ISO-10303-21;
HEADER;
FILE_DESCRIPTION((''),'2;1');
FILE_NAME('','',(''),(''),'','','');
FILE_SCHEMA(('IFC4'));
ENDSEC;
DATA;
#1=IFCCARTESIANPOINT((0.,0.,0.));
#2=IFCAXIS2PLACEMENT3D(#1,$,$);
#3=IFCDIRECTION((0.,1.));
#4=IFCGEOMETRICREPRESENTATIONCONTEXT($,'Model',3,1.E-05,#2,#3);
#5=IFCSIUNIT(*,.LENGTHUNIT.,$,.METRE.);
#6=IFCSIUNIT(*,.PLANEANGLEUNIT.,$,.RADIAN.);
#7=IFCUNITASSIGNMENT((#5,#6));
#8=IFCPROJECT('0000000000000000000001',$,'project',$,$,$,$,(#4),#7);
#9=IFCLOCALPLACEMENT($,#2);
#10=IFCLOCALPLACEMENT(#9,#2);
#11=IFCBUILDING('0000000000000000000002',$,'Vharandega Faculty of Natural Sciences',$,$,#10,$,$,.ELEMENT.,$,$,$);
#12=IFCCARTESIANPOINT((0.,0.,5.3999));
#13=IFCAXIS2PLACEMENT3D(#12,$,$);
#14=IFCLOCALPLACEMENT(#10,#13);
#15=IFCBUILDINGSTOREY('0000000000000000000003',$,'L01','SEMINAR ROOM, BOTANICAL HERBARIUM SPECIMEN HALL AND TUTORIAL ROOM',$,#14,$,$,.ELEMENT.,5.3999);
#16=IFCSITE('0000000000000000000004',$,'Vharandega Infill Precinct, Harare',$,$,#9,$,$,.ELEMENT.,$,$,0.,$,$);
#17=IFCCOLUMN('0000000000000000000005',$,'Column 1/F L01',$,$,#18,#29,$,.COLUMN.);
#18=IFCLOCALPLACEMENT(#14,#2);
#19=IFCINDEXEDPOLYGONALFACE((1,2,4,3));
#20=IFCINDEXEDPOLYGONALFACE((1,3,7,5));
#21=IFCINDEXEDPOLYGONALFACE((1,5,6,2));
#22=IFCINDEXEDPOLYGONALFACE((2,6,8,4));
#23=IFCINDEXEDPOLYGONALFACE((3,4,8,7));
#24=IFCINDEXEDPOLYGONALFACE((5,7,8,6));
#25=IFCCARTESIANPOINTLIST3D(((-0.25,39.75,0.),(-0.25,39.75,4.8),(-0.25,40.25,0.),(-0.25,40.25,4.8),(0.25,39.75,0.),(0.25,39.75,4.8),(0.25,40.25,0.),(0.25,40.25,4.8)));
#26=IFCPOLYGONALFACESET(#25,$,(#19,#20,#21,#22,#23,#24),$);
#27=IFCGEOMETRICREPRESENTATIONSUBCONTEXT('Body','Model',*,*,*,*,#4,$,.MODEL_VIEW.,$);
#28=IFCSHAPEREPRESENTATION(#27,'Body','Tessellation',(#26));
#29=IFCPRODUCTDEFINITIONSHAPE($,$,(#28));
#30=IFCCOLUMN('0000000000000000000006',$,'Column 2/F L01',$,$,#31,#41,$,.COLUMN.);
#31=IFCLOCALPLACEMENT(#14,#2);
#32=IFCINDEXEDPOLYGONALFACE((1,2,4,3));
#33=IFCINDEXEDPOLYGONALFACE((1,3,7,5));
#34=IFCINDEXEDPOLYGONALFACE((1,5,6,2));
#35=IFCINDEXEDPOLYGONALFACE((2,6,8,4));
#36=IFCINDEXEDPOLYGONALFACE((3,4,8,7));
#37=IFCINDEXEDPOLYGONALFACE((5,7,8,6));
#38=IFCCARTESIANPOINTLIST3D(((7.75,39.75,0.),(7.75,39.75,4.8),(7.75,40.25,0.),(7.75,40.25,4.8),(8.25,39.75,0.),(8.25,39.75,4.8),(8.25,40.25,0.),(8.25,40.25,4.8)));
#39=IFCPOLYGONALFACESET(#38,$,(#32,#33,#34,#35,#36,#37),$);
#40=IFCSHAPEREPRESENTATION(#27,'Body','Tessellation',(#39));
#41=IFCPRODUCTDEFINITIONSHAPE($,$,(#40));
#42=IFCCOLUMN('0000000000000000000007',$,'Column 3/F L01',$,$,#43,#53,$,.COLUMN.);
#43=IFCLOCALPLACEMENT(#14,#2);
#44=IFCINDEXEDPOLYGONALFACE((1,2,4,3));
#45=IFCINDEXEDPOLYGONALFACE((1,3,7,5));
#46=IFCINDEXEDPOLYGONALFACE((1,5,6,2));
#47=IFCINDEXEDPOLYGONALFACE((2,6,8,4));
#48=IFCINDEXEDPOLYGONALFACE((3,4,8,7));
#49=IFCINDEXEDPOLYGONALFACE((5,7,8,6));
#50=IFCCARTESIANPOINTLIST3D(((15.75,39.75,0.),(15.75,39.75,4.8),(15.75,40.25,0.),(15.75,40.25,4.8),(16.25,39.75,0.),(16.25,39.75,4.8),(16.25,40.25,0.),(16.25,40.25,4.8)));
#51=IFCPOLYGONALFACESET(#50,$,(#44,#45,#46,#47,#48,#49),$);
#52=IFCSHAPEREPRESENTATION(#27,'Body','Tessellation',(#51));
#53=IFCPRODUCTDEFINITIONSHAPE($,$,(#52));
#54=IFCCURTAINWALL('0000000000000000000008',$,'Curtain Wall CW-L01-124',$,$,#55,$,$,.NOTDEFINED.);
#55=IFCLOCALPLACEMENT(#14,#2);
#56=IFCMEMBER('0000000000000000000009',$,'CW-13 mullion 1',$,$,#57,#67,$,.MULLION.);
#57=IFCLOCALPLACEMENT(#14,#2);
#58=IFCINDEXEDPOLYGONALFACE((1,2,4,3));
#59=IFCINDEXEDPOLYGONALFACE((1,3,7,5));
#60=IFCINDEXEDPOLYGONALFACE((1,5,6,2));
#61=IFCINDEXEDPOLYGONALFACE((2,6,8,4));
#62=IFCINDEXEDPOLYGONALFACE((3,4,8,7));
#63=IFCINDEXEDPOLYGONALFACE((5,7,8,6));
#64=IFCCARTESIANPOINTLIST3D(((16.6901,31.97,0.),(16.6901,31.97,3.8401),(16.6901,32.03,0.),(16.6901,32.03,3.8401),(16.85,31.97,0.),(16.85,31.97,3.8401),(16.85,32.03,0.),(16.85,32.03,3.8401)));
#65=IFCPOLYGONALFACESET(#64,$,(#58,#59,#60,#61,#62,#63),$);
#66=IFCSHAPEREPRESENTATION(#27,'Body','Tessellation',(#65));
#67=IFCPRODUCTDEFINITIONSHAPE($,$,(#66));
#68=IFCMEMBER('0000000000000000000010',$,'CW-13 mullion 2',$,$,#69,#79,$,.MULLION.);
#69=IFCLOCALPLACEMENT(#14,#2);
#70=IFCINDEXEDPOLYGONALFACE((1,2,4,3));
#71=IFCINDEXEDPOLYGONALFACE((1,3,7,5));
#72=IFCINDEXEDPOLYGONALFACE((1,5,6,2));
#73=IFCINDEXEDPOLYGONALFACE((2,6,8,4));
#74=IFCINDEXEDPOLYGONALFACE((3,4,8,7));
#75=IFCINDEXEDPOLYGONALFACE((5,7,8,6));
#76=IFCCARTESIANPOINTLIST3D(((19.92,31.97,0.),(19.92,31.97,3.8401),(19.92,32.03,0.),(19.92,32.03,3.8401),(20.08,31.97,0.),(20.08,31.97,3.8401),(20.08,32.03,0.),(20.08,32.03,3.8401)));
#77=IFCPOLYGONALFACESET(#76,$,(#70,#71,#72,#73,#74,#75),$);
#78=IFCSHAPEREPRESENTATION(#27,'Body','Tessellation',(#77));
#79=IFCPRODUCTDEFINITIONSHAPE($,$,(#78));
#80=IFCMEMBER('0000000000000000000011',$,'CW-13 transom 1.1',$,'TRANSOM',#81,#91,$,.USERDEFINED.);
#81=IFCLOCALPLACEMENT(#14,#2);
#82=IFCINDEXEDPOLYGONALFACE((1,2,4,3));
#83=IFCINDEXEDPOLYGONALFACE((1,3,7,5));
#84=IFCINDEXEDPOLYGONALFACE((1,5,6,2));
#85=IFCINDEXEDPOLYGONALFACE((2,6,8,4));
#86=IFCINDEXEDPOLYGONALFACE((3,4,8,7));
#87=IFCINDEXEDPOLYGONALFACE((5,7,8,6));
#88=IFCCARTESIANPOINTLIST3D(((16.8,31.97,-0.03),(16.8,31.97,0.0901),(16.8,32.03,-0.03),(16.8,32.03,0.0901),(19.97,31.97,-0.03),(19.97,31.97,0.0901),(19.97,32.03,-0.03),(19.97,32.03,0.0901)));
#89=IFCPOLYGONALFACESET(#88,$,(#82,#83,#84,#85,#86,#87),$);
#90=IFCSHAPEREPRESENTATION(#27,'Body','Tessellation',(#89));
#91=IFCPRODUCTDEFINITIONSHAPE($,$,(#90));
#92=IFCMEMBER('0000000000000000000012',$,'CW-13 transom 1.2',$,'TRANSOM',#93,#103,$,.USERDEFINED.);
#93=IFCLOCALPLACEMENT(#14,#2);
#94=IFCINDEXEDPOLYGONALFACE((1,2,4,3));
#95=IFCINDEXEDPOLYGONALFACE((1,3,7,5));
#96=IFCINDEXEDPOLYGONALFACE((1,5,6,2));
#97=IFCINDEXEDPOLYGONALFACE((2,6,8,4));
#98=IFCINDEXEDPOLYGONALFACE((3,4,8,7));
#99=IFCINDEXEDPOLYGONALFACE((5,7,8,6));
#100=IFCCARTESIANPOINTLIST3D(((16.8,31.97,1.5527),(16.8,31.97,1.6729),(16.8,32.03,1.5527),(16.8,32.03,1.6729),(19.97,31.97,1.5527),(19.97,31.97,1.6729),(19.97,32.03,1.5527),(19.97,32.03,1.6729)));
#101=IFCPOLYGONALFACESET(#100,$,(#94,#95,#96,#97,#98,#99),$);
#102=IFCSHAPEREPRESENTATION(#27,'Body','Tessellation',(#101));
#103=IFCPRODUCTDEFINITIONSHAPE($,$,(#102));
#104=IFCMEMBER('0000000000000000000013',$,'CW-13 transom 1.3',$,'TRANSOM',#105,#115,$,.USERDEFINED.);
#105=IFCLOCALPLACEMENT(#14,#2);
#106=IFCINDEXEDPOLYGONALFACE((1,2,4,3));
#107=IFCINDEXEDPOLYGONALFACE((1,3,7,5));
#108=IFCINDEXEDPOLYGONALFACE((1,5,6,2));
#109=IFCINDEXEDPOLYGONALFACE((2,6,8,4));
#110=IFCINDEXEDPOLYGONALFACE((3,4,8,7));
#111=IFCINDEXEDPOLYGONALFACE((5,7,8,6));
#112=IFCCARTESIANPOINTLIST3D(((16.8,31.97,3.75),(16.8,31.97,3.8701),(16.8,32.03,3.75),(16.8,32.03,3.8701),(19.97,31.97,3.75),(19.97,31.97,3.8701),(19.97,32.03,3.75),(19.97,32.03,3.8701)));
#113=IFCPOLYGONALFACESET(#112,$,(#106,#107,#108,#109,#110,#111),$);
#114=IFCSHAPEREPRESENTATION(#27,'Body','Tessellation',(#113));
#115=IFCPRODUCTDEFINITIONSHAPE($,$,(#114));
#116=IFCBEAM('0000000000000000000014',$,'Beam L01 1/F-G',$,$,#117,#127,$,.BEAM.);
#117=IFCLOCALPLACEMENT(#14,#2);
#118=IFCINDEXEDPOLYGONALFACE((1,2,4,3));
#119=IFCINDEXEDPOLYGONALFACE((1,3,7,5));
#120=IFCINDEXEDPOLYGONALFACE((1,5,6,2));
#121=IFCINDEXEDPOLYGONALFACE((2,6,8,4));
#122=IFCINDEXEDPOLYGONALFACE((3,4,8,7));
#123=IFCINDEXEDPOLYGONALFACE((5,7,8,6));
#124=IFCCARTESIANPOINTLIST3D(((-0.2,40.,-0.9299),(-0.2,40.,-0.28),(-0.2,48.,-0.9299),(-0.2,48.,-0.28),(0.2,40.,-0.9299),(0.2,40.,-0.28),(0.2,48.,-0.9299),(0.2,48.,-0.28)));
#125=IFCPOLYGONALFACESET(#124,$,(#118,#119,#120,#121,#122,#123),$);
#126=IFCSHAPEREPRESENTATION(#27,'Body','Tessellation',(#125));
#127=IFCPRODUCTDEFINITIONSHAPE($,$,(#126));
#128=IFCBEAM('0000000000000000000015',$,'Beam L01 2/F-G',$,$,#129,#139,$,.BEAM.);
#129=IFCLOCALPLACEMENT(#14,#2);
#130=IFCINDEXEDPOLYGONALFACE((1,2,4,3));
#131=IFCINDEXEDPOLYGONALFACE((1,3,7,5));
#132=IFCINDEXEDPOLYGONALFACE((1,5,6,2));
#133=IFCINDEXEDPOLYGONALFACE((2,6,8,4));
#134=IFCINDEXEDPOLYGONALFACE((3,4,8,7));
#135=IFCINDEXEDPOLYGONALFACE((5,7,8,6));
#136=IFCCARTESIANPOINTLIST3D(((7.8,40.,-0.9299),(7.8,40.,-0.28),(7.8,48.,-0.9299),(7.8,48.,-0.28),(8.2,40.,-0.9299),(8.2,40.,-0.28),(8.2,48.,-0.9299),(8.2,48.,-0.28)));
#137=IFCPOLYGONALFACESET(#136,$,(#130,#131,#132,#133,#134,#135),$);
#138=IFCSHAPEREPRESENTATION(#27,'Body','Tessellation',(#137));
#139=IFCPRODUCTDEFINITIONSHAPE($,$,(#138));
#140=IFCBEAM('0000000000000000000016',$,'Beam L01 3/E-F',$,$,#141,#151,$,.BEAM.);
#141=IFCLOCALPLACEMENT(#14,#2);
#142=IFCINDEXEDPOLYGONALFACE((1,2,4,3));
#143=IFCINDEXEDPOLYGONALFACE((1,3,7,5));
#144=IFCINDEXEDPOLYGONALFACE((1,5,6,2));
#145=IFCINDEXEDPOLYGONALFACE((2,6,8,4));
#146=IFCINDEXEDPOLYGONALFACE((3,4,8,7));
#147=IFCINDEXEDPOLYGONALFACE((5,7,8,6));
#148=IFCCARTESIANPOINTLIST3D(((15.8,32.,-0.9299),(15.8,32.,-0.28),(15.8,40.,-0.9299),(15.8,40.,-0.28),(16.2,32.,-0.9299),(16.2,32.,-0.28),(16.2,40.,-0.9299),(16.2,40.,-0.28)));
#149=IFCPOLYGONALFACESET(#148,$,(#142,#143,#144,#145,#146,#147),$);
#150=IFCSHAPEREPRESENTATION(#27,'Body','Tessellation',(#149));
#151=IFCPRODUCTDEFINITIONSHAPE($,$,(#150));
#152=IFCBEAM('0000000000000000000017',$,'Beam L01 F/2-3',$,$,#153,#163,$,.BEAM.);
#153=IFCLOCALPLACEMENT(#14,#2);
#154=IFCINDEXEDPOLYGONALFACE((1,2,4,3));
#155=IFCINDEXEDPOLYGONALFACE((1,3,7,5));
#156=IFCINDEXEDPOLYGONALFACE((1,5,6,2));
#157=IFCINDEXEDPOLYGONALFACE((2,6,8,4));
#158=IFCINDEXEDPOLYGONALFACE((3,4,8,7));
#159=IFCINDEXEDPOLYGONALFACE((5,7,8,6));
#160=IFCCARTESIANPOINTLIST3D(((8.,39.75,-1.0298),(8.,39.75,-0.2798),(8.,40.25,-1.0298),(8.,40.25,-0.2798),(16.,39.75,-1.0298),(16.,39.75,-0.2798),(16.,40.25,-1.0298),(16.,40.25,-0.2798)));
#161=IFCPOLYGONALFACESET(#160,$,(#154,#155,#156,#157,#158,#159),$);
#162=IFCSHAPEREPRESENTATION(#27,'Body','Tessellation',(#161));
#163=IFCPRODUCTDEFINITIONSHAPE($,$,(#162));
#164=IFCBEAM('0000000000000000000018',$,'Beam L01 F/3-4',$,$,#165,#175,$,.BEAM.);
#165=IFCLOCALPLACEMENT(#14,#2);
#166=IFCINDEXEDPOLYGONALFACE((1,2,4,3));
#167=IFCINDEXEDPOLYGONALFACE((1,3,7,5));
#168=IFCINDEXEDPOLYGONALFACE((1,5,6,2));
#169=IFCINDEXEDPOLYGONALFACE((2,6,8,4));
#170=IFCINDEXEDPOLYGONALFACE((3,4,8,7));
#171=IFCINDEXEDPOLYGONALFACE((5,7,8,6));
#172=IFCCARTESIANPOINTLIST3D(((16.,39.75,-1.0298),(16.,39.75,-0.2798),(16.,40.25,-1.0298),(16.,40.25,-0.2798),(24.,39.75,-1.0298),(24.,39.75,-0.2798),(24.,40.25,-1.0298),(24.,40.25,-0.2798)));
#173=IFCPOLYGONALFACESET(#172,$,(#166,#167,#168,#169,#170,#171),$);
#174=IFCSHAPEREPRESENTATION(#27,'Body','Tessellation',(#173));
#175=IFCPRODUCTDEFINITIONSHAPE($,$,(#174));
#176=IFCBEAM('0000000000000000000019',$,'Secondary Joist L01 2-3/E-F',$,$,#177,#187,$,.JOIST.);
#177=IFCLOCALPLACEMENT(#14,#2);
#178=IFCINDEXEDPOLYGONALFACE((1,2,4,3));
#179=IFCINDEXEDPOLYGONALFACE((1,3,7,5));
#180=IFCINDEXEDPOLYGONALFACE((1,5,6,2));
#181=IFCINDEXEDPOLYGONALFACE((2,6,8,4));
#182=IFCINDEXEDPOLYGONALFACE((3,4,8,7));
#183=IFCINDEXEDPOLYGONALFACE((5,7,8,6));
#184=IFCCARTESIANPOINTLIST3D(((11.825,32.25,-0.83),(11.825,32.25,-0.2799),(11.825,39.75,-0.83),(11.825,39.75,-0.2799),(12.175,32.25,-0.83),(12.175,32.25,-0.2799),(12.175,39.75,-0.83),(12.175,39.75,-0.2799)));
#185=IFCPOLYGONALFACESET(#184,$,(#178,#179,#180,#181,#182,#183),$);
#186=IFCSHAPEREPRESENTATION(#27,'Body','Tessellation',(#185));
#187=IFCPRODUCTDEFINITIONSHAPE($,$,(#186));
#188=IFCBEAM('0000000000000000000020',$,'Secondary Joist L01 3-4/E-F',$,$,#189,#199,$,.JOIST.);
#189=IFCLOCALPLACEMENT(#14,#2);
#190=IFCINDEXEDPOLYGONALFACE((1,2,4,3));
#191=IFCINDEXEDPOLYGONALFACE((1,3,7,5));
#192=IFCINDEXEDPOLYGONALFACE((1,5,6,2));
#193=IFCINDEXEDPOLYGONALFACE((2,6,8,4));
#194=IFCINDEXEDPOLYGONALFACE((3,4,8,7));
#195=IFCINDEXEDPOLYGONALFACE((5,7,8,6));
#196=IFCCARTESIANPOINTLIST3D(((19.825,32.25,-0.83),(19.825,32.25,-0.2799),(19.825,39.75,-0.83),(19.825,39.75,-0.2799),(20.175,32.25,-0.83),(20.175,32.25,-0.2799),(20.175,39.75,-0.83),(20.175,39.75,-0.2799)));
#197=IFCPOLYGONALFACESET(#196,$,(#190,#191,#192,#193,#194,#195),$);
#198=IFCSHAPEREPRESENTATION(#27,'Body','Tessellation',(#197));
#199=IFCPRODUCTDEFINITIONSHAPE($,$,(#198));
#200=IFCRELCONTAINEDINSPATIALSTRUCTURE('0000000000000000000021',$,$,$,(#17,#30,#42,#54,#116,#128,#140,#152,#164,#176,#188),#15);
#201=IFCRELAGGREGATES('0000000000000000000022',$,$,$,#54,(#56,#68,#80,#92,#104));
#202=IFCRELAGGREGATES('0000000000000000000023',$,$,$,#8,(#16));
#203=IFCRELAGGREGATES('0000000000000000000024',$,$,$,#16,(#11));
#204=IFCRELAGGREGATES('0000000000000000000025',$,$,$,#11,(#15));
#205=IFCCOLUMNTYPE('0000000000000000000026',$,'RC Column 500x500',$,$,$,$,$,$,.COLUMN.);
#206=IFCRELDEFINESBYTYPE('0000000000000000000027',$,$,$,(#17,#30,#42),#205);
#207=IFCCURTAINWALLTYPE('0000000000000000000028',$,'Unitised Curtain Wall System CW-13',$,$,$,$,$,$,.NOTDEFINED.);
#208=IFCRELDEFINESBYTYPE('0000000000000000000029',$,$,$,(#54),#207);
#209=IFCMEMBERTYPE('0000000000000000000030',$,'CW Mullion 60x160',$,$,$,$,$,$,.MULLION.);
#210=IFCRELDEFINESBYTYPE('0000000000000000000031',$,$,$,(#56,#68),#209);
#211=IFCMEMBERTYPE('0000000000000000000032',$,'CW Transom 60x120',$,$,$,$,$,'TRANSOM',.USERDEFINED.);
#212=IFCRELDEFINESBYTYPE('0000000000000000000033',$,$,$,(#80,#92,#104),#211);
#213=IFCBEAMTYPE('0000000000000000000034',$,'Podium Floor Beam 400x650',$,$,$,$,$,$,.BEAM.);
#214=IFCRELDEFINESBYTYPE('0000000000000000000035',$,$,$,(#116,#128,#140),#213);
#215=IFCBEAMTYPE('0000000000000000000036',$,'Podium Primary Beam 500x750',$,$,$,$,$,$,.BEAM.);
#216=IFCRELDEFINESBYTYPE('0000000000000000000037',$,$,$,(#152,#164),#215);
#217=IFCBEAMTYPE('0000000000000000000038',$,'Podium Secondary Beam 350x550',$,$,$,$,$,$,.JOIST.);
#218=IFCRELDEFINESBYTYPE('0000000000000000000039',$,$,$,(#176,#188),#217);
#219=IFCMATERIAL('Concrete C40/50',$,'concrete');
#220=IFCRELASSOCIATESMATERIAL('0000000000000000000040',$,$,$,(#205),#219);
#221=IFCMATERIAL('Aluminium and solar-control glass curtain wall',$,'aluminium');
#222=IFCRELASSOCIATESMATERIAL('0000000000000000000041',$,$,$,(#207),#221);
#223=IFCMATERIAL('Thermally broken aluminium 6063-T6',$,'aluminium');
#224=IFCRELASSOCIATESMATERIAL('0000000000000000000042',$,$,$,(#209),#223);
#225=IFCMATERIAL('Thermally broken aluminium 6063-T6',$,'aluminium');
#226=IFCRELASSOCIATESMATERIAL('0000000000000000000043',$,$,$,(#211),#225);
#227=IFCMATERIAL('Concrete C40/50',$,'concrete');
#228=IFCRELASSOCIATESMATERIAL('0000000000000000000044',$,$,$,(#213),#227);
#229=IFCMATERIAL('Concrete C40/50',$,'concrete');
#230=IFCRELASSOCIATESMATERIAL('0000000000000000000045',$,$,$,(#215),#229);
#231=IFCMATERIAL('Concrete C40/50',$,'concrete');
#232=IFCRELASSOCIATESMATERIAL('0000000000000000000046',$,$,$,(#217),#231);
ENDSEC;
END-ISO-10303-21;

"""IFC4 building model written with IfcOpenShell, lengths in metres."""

from ifc_helpers import new_model, si_unit, direction, frame, origin, origin_2d, place, context, subcontext, project, spatial, rectangle, extrude, material, material_profile, profile_set, type_object, element, aggregate, save


model = new_model("IFC4")

# Units and contexts
model_context = context("Model", 3, precision=1e-05, world=origin(), true_north=direction((0.0, 1.0)))
body_context = subcontext(model_context, "Body", "Model", "MODEL_VIEW")
ifc_project = project(units=[si_unit("LENGTHUNIT", "METRE"), si_unit("PLANEANGLEUNIT", "RADIAN")], contexts=[model_context])

# Site, building, storey
site_placement = place(None, origin())
site = spatial("IfcSite", under=ifc_project, at=site_placement, Name="Vharandega Infill Precinct, Harare", CompositionType="ELEMENT", RefElevation=0.0)
building_placement = place(site_placement, origin())
building = spatial("IfcBuilding", under=site, at=building_placement, Name="Vharandega Faculty of Natural Sciences", CompositionType="ELEMENT")
storey_placement = place(building_placement, frame((0.0, 0.0, 5.3999)))
storey = spatial("IfcBuildingStorey", under=building, at=storey_placement, Name="L01", Description="SEMINAR ROOM, BOTANICAL HERBARIUM SPECIMEN HALL AND TUTORIAL ROOM", CompositionType="ELEMENT", Elevation=5.3999)

# Columns
ifc_material_1 = material(Name="Concrete C40/50", Category="concrete")
ifc_material_profile_1 = material_profile(ifc_material_1, rectangle(XDim=0.5, YDim=0.5, at=origin_2d()), Name="RC 500x500")
ifc_profile_set_1 = profile_set([ifc_material_profile_1], Name="Concrete C40/50")
column_type = type_object("IfcColumnType", Name="RC Column 500x500", PredefinedType="COLUMN", material=ifc_profile_set_1)
for number, where, z_axis, x_axis, name in (
    (1, (0.0, 40.0, 0.0), (0.0, 0.0, 1.0), (1.0, 0.0, 0.0), "Column 1/F L01"),
    (2, (8.0, 40.0, 0.0), (0.0, 0.0, 1.0), (1.0, 0.0, 0.0), "Column 2/F L01"),
    (3, (16.0, 40.0, 0.0), (0.0, 0.0, 1.0), (1.0, 0.0, 0.0), "Column 3/F L01"),
):
    element("IfcColumn", number, at=place(storey_placement, frame(where, z_axis=z_axis, x_axis=x_axis)), inside=storey, type_object=column_type, Name=name, PredefinedType="COLUMN", context=body_context, shape_type="SweptSolid", body=[
        extrude(rectangle(XDim=0.5, YDim=0.5, at=origin_2d()), origin(), (0.0, 0.0, 1.0), 4.8),
    ])

# Curtain wall, members
ifc_material_2 = material(Name="Aluminium and solar-control glass curtain wall", Category="aluminium")
curtain_wall_type = type_object("IfcCurtainWallType", Name="Unitised Curtain Wall System CW-13", PredefinedType="NOTDEFINED", material=ifc_material_2)
curtain_wall_placement = place(storey_placement, origin())
curtain_wall = element("IfcCurtainWall", 4, at=curtain_wall_placement, inside=storey, type_object=curtain_wall_type, Name="Curtain Wall CW-L01-124", PredefinedType="NOTDEFINED")
ifc_material_3 = material(Name="Thermally broken aluminium 6063-T6", Category="aluminium")
ifc_material_profile_2 = material_profile(ifc_material_3, rectangle(XDim=0.0601, YDim=0.1599, at=origin_2d()), Name="ALU 60x160")
ifc_profile_set_2 = profile_set([ifc_material_profile_2], Name="Thermally broken aluminium 6063-T6")
member_type_1 = type_object("IfcMemberType", Name="CW Mullion 60x160", PredefinedType="MULLION", material=ifc_profile_set_2)
member_1_placement = place(storey_placement, frame((16.77, 32.0, 0.0), z_axis=(0.0, 0.0, 1.0), x_axis=(0.0, 1.0, 0.0)))
member_1 = element("IfcMember", 5, at=member_1_placement, type_object=member_type_1, Name="CW-13 mullion 1", PredefinedType="MULLION", context=body_context, shape_type="SweptSolid", body=[
    extrude(rectangle(XDim=0.0601, YDim=0.1599, at=origin_2d()), origin(), (0.0, 0.0, 1.0), 3.8401),
])
member_2_placement = place(storey_placement, frame((20.0, 32.0, 0.0), z_axis=(0.0, 0.0, 1.0), x_axis=(0.0, 1.0, 0.0)))
member_2 = element("IfcMember", 6, at=member_2_placement, type_object=member_type_1, Name="CW-13 mullion 2", PredefinedType="MULLION", context=body_context, shape_type="SweptSolid", body=[
    extrude(rectangle(XDim=0.0601, YDim=0.1599, at=origin_2d()), origin(), (0.0, 0.0, 1.0), 3.8401),
])
ifc_material_4 = material(Name="Thermally broken aluminium 6063-T6", Category="aluminium")
ifc_material_profile_3 = material_profile(ifc_material_4, rectangle(XDim=0.0601, YDim=0.1201, at=origin_2d()), Name="ALU 60x120")
ifc_profile_set_3 = profile_set([ifc_material_profile_3], Name="Thermally broken aluminium 6063-T6")
member_type_2 = type_object("IfcMemberType", Name="CW Transom 60x120", ElementType="TRANSOM", PredefinedType="USERDEFINED", material=ifc_profile_set_3)
member_3_placement = place(storey_placement, frame((16.8, 32.0, 0.03), z_axis=(1.0, 0.0, 0.0), x_axis=(0.0, 1.0, 0.0)))
member_3 = element("IfcMember", 7, at=member_3_placement, type_object=member_type_2, Name="CW-13 transom 1.1", ObjectType="TRANSOM", PredefinedType="USERDEFINED", context=body_context, shape_type="SweptSolid", body=[
    extrude(rectangle(XDim=0.0601, YDim=0.1201, at=origin_2d()), origin(), (0.0, 0.0, 1.0), 3.1699),
])
member_4_placement = place(storey_placement, frame((16.8, 32.0, 1.6128), z_axis=(1.0, 0.0, 0.0), x_axis=(0.0, 1.0, 0.0)))
member_4 = element("IfcMember", 8, at=member_4_placement, type_object=member_type_2, Name="CW-13 transom 1.2", ObjectType="TRANSOM", PredefinedType="USERDEFINED", context=body_context, shape_type="SweptSolid", body=[
    extrude(rectangle(XDim=0.0601, YDim=0.1201, at=origin_2d()), origin(), (0.0, 0.0, 1.0), 3.1699),
])
member_5_placement = place(storey_placement, frame((16.8, 32.0, 3.8101), z_axis=(1.0, 0.0, 0.0), x_axis=(0.0, 1.0, 0.0)))
member_5 = element("IfcMember", 9, at=member_5_placement, type_object=member_type_2, Name="CW-13 transom 1.3", ObjectType="TRANSOM", PredefinedType="USERDEFINED", context=body_context, shape_type="SweptSolid", body=[
    extrude(rectangle(XDim=0.0601, YDim=0.1201, at=origin_2d()), origin(), (0.0, 0.0, 1.0), 3.1699),
])

# Beams
ifc_material_5 = material(Name="Concrete C40/50", Category="concrete")
ifc_material_profile_4 = material_profile(ifc_material_5, rectangle(XDim=0.3999, YDim=0.6499, at=origin_2d()), Name="RC 400x650")
ifc_profile_set_4 = profile_set([ifc_material_profile_4], Name="Concrete C40/50")
beam_type_1 = type_object("IfcBeamType", Name="Podium Floor Beam 400x650", PredefinedType="BEAM", material=ifc_profile_set_4)
for number, where, z_axis, x_axis, name in (
    (10, (0.0, 40.0, -0.605), (0.0, 1.0, 0.0), (-1.0, 0.0, 0.0), "Beam L01 1/F-G"),
    (11, (8.0, 40.0, -0.605), (0.0, 1.0, 0.0), (-1.0, 0.0, 0.0), "Beam L01 2/F-G"),
    (12, (16.0, 32.0, -0.605), (0.0, 1.0, 0.0), (-1.0, 0.0, 0.0), "Beam L01 3/E-F"),
):
    element("IfcBeam", number, at=place(storey_placement, frame(where, z_axis=z_axis, x_axis=x_axis)), inside=storey, type_object=beam_type_1, Name=name, PredefinedType="BEAM", context=body_context, shape_type="SweptSolid", body=[
        extrude(rectangle(XDim=0.3999, YDim=0.6499, at=origin_2d()), origin(), (0.0, 0.0, 1.0), 8.0),
    ])
ifc_material_6 = material(Name="Concrete C40/50", Category="concrete")
ifc_material_profile_5 = material_profile(ifc_material_6, rectangle(XDim=0.5, YDim=0.75, at=origin_2d()), Name="RC 500x750")
ifc_profile_set_5 = profile_set([ifc_material_profile_5], Name="Concrete C40/50")
beam_type_2 = type_object("IfcBeamType", Name="Podium Primary Beam 500x750", PredefinedType="BEAM", material=ifc_profile_set_5)
for number, where, z_axis, x_axis, name in (
    (13, (8.0, 40.0, -0.6548), (1.0, 0.0, 0.0), (0.0, 1.0, 0.0), "Beam L01 F/2-3"),
    (14, (16.0, 40.0, -0.6548), (1.0, 0.0, 0.0), (0.0, 1.0, 0.0), "Beam L01 F/3-4"),
):
    element("IfcBeam", number, at=place(storey_placement, frame(where, z_axis=z_axis, x_axis=x_axis)), inside=storey, type_object=beam_type_2, Name=name, PredefinedType="BEAM", context=body_context, shape_type="SweptSolid", body=[
        extrude(rectangle(XDim=0.5, YDim=0.75, at=origin_2d()), origin(), (0.0, 0.0, 1.0), 8.0),
    ])
ifc_material_7 = material(Name="Concrete C40/50", Category="concrete")
ifc_material_profile_6 = material_profile(ifc_material_7, rectangle(XDim=0.3501, YDim=0.55, at=origin_2d()), Name="RC 350x550")
ifc_profile_set_6 = profile_set([ifc_material_profile_6], Name="Concrete C40/50")
beam_type_3 = type_object("IfcBeamType", Name="Podium Secondary Beam 350x550", PredefinedType="JOIST", material=ifc_profile_set_6)
for number, where, z_axis, x_axis, name in (
    (15, (12.0, 32.25, -0.5549), (0.0, 1.0, 0.0), (-1.0, 0.0, 0.0), "Secondary Joist L01 2-3/E-F"),
    (16, (20.0, 32.25, -0.5549), (0.0, 1.0, 0.0), (-1.0, 0.0, 0.0), "Secondary Joist L01 3-4/E-F"),
):
    element("IfcBeam", number, at=place(storey_placement, frame(where, z_axis=z_axis, x_axis=x_axis)), inside=storey, type_object=beam_type_3, Name=name, PredefinedType="JOIST", context=body_context, shape_type="SweptSolid", body=[
        extrude(rectangle(XDim=0.3501, YDim=0.55, at=origin_2d()), origin(), (0.0, 0.0, 1.0), 7.5),
    ])

aggregate(curtain_wall, [member_1, member_2, member_3, member_4, member_5])

save(model, "model.ifc")
